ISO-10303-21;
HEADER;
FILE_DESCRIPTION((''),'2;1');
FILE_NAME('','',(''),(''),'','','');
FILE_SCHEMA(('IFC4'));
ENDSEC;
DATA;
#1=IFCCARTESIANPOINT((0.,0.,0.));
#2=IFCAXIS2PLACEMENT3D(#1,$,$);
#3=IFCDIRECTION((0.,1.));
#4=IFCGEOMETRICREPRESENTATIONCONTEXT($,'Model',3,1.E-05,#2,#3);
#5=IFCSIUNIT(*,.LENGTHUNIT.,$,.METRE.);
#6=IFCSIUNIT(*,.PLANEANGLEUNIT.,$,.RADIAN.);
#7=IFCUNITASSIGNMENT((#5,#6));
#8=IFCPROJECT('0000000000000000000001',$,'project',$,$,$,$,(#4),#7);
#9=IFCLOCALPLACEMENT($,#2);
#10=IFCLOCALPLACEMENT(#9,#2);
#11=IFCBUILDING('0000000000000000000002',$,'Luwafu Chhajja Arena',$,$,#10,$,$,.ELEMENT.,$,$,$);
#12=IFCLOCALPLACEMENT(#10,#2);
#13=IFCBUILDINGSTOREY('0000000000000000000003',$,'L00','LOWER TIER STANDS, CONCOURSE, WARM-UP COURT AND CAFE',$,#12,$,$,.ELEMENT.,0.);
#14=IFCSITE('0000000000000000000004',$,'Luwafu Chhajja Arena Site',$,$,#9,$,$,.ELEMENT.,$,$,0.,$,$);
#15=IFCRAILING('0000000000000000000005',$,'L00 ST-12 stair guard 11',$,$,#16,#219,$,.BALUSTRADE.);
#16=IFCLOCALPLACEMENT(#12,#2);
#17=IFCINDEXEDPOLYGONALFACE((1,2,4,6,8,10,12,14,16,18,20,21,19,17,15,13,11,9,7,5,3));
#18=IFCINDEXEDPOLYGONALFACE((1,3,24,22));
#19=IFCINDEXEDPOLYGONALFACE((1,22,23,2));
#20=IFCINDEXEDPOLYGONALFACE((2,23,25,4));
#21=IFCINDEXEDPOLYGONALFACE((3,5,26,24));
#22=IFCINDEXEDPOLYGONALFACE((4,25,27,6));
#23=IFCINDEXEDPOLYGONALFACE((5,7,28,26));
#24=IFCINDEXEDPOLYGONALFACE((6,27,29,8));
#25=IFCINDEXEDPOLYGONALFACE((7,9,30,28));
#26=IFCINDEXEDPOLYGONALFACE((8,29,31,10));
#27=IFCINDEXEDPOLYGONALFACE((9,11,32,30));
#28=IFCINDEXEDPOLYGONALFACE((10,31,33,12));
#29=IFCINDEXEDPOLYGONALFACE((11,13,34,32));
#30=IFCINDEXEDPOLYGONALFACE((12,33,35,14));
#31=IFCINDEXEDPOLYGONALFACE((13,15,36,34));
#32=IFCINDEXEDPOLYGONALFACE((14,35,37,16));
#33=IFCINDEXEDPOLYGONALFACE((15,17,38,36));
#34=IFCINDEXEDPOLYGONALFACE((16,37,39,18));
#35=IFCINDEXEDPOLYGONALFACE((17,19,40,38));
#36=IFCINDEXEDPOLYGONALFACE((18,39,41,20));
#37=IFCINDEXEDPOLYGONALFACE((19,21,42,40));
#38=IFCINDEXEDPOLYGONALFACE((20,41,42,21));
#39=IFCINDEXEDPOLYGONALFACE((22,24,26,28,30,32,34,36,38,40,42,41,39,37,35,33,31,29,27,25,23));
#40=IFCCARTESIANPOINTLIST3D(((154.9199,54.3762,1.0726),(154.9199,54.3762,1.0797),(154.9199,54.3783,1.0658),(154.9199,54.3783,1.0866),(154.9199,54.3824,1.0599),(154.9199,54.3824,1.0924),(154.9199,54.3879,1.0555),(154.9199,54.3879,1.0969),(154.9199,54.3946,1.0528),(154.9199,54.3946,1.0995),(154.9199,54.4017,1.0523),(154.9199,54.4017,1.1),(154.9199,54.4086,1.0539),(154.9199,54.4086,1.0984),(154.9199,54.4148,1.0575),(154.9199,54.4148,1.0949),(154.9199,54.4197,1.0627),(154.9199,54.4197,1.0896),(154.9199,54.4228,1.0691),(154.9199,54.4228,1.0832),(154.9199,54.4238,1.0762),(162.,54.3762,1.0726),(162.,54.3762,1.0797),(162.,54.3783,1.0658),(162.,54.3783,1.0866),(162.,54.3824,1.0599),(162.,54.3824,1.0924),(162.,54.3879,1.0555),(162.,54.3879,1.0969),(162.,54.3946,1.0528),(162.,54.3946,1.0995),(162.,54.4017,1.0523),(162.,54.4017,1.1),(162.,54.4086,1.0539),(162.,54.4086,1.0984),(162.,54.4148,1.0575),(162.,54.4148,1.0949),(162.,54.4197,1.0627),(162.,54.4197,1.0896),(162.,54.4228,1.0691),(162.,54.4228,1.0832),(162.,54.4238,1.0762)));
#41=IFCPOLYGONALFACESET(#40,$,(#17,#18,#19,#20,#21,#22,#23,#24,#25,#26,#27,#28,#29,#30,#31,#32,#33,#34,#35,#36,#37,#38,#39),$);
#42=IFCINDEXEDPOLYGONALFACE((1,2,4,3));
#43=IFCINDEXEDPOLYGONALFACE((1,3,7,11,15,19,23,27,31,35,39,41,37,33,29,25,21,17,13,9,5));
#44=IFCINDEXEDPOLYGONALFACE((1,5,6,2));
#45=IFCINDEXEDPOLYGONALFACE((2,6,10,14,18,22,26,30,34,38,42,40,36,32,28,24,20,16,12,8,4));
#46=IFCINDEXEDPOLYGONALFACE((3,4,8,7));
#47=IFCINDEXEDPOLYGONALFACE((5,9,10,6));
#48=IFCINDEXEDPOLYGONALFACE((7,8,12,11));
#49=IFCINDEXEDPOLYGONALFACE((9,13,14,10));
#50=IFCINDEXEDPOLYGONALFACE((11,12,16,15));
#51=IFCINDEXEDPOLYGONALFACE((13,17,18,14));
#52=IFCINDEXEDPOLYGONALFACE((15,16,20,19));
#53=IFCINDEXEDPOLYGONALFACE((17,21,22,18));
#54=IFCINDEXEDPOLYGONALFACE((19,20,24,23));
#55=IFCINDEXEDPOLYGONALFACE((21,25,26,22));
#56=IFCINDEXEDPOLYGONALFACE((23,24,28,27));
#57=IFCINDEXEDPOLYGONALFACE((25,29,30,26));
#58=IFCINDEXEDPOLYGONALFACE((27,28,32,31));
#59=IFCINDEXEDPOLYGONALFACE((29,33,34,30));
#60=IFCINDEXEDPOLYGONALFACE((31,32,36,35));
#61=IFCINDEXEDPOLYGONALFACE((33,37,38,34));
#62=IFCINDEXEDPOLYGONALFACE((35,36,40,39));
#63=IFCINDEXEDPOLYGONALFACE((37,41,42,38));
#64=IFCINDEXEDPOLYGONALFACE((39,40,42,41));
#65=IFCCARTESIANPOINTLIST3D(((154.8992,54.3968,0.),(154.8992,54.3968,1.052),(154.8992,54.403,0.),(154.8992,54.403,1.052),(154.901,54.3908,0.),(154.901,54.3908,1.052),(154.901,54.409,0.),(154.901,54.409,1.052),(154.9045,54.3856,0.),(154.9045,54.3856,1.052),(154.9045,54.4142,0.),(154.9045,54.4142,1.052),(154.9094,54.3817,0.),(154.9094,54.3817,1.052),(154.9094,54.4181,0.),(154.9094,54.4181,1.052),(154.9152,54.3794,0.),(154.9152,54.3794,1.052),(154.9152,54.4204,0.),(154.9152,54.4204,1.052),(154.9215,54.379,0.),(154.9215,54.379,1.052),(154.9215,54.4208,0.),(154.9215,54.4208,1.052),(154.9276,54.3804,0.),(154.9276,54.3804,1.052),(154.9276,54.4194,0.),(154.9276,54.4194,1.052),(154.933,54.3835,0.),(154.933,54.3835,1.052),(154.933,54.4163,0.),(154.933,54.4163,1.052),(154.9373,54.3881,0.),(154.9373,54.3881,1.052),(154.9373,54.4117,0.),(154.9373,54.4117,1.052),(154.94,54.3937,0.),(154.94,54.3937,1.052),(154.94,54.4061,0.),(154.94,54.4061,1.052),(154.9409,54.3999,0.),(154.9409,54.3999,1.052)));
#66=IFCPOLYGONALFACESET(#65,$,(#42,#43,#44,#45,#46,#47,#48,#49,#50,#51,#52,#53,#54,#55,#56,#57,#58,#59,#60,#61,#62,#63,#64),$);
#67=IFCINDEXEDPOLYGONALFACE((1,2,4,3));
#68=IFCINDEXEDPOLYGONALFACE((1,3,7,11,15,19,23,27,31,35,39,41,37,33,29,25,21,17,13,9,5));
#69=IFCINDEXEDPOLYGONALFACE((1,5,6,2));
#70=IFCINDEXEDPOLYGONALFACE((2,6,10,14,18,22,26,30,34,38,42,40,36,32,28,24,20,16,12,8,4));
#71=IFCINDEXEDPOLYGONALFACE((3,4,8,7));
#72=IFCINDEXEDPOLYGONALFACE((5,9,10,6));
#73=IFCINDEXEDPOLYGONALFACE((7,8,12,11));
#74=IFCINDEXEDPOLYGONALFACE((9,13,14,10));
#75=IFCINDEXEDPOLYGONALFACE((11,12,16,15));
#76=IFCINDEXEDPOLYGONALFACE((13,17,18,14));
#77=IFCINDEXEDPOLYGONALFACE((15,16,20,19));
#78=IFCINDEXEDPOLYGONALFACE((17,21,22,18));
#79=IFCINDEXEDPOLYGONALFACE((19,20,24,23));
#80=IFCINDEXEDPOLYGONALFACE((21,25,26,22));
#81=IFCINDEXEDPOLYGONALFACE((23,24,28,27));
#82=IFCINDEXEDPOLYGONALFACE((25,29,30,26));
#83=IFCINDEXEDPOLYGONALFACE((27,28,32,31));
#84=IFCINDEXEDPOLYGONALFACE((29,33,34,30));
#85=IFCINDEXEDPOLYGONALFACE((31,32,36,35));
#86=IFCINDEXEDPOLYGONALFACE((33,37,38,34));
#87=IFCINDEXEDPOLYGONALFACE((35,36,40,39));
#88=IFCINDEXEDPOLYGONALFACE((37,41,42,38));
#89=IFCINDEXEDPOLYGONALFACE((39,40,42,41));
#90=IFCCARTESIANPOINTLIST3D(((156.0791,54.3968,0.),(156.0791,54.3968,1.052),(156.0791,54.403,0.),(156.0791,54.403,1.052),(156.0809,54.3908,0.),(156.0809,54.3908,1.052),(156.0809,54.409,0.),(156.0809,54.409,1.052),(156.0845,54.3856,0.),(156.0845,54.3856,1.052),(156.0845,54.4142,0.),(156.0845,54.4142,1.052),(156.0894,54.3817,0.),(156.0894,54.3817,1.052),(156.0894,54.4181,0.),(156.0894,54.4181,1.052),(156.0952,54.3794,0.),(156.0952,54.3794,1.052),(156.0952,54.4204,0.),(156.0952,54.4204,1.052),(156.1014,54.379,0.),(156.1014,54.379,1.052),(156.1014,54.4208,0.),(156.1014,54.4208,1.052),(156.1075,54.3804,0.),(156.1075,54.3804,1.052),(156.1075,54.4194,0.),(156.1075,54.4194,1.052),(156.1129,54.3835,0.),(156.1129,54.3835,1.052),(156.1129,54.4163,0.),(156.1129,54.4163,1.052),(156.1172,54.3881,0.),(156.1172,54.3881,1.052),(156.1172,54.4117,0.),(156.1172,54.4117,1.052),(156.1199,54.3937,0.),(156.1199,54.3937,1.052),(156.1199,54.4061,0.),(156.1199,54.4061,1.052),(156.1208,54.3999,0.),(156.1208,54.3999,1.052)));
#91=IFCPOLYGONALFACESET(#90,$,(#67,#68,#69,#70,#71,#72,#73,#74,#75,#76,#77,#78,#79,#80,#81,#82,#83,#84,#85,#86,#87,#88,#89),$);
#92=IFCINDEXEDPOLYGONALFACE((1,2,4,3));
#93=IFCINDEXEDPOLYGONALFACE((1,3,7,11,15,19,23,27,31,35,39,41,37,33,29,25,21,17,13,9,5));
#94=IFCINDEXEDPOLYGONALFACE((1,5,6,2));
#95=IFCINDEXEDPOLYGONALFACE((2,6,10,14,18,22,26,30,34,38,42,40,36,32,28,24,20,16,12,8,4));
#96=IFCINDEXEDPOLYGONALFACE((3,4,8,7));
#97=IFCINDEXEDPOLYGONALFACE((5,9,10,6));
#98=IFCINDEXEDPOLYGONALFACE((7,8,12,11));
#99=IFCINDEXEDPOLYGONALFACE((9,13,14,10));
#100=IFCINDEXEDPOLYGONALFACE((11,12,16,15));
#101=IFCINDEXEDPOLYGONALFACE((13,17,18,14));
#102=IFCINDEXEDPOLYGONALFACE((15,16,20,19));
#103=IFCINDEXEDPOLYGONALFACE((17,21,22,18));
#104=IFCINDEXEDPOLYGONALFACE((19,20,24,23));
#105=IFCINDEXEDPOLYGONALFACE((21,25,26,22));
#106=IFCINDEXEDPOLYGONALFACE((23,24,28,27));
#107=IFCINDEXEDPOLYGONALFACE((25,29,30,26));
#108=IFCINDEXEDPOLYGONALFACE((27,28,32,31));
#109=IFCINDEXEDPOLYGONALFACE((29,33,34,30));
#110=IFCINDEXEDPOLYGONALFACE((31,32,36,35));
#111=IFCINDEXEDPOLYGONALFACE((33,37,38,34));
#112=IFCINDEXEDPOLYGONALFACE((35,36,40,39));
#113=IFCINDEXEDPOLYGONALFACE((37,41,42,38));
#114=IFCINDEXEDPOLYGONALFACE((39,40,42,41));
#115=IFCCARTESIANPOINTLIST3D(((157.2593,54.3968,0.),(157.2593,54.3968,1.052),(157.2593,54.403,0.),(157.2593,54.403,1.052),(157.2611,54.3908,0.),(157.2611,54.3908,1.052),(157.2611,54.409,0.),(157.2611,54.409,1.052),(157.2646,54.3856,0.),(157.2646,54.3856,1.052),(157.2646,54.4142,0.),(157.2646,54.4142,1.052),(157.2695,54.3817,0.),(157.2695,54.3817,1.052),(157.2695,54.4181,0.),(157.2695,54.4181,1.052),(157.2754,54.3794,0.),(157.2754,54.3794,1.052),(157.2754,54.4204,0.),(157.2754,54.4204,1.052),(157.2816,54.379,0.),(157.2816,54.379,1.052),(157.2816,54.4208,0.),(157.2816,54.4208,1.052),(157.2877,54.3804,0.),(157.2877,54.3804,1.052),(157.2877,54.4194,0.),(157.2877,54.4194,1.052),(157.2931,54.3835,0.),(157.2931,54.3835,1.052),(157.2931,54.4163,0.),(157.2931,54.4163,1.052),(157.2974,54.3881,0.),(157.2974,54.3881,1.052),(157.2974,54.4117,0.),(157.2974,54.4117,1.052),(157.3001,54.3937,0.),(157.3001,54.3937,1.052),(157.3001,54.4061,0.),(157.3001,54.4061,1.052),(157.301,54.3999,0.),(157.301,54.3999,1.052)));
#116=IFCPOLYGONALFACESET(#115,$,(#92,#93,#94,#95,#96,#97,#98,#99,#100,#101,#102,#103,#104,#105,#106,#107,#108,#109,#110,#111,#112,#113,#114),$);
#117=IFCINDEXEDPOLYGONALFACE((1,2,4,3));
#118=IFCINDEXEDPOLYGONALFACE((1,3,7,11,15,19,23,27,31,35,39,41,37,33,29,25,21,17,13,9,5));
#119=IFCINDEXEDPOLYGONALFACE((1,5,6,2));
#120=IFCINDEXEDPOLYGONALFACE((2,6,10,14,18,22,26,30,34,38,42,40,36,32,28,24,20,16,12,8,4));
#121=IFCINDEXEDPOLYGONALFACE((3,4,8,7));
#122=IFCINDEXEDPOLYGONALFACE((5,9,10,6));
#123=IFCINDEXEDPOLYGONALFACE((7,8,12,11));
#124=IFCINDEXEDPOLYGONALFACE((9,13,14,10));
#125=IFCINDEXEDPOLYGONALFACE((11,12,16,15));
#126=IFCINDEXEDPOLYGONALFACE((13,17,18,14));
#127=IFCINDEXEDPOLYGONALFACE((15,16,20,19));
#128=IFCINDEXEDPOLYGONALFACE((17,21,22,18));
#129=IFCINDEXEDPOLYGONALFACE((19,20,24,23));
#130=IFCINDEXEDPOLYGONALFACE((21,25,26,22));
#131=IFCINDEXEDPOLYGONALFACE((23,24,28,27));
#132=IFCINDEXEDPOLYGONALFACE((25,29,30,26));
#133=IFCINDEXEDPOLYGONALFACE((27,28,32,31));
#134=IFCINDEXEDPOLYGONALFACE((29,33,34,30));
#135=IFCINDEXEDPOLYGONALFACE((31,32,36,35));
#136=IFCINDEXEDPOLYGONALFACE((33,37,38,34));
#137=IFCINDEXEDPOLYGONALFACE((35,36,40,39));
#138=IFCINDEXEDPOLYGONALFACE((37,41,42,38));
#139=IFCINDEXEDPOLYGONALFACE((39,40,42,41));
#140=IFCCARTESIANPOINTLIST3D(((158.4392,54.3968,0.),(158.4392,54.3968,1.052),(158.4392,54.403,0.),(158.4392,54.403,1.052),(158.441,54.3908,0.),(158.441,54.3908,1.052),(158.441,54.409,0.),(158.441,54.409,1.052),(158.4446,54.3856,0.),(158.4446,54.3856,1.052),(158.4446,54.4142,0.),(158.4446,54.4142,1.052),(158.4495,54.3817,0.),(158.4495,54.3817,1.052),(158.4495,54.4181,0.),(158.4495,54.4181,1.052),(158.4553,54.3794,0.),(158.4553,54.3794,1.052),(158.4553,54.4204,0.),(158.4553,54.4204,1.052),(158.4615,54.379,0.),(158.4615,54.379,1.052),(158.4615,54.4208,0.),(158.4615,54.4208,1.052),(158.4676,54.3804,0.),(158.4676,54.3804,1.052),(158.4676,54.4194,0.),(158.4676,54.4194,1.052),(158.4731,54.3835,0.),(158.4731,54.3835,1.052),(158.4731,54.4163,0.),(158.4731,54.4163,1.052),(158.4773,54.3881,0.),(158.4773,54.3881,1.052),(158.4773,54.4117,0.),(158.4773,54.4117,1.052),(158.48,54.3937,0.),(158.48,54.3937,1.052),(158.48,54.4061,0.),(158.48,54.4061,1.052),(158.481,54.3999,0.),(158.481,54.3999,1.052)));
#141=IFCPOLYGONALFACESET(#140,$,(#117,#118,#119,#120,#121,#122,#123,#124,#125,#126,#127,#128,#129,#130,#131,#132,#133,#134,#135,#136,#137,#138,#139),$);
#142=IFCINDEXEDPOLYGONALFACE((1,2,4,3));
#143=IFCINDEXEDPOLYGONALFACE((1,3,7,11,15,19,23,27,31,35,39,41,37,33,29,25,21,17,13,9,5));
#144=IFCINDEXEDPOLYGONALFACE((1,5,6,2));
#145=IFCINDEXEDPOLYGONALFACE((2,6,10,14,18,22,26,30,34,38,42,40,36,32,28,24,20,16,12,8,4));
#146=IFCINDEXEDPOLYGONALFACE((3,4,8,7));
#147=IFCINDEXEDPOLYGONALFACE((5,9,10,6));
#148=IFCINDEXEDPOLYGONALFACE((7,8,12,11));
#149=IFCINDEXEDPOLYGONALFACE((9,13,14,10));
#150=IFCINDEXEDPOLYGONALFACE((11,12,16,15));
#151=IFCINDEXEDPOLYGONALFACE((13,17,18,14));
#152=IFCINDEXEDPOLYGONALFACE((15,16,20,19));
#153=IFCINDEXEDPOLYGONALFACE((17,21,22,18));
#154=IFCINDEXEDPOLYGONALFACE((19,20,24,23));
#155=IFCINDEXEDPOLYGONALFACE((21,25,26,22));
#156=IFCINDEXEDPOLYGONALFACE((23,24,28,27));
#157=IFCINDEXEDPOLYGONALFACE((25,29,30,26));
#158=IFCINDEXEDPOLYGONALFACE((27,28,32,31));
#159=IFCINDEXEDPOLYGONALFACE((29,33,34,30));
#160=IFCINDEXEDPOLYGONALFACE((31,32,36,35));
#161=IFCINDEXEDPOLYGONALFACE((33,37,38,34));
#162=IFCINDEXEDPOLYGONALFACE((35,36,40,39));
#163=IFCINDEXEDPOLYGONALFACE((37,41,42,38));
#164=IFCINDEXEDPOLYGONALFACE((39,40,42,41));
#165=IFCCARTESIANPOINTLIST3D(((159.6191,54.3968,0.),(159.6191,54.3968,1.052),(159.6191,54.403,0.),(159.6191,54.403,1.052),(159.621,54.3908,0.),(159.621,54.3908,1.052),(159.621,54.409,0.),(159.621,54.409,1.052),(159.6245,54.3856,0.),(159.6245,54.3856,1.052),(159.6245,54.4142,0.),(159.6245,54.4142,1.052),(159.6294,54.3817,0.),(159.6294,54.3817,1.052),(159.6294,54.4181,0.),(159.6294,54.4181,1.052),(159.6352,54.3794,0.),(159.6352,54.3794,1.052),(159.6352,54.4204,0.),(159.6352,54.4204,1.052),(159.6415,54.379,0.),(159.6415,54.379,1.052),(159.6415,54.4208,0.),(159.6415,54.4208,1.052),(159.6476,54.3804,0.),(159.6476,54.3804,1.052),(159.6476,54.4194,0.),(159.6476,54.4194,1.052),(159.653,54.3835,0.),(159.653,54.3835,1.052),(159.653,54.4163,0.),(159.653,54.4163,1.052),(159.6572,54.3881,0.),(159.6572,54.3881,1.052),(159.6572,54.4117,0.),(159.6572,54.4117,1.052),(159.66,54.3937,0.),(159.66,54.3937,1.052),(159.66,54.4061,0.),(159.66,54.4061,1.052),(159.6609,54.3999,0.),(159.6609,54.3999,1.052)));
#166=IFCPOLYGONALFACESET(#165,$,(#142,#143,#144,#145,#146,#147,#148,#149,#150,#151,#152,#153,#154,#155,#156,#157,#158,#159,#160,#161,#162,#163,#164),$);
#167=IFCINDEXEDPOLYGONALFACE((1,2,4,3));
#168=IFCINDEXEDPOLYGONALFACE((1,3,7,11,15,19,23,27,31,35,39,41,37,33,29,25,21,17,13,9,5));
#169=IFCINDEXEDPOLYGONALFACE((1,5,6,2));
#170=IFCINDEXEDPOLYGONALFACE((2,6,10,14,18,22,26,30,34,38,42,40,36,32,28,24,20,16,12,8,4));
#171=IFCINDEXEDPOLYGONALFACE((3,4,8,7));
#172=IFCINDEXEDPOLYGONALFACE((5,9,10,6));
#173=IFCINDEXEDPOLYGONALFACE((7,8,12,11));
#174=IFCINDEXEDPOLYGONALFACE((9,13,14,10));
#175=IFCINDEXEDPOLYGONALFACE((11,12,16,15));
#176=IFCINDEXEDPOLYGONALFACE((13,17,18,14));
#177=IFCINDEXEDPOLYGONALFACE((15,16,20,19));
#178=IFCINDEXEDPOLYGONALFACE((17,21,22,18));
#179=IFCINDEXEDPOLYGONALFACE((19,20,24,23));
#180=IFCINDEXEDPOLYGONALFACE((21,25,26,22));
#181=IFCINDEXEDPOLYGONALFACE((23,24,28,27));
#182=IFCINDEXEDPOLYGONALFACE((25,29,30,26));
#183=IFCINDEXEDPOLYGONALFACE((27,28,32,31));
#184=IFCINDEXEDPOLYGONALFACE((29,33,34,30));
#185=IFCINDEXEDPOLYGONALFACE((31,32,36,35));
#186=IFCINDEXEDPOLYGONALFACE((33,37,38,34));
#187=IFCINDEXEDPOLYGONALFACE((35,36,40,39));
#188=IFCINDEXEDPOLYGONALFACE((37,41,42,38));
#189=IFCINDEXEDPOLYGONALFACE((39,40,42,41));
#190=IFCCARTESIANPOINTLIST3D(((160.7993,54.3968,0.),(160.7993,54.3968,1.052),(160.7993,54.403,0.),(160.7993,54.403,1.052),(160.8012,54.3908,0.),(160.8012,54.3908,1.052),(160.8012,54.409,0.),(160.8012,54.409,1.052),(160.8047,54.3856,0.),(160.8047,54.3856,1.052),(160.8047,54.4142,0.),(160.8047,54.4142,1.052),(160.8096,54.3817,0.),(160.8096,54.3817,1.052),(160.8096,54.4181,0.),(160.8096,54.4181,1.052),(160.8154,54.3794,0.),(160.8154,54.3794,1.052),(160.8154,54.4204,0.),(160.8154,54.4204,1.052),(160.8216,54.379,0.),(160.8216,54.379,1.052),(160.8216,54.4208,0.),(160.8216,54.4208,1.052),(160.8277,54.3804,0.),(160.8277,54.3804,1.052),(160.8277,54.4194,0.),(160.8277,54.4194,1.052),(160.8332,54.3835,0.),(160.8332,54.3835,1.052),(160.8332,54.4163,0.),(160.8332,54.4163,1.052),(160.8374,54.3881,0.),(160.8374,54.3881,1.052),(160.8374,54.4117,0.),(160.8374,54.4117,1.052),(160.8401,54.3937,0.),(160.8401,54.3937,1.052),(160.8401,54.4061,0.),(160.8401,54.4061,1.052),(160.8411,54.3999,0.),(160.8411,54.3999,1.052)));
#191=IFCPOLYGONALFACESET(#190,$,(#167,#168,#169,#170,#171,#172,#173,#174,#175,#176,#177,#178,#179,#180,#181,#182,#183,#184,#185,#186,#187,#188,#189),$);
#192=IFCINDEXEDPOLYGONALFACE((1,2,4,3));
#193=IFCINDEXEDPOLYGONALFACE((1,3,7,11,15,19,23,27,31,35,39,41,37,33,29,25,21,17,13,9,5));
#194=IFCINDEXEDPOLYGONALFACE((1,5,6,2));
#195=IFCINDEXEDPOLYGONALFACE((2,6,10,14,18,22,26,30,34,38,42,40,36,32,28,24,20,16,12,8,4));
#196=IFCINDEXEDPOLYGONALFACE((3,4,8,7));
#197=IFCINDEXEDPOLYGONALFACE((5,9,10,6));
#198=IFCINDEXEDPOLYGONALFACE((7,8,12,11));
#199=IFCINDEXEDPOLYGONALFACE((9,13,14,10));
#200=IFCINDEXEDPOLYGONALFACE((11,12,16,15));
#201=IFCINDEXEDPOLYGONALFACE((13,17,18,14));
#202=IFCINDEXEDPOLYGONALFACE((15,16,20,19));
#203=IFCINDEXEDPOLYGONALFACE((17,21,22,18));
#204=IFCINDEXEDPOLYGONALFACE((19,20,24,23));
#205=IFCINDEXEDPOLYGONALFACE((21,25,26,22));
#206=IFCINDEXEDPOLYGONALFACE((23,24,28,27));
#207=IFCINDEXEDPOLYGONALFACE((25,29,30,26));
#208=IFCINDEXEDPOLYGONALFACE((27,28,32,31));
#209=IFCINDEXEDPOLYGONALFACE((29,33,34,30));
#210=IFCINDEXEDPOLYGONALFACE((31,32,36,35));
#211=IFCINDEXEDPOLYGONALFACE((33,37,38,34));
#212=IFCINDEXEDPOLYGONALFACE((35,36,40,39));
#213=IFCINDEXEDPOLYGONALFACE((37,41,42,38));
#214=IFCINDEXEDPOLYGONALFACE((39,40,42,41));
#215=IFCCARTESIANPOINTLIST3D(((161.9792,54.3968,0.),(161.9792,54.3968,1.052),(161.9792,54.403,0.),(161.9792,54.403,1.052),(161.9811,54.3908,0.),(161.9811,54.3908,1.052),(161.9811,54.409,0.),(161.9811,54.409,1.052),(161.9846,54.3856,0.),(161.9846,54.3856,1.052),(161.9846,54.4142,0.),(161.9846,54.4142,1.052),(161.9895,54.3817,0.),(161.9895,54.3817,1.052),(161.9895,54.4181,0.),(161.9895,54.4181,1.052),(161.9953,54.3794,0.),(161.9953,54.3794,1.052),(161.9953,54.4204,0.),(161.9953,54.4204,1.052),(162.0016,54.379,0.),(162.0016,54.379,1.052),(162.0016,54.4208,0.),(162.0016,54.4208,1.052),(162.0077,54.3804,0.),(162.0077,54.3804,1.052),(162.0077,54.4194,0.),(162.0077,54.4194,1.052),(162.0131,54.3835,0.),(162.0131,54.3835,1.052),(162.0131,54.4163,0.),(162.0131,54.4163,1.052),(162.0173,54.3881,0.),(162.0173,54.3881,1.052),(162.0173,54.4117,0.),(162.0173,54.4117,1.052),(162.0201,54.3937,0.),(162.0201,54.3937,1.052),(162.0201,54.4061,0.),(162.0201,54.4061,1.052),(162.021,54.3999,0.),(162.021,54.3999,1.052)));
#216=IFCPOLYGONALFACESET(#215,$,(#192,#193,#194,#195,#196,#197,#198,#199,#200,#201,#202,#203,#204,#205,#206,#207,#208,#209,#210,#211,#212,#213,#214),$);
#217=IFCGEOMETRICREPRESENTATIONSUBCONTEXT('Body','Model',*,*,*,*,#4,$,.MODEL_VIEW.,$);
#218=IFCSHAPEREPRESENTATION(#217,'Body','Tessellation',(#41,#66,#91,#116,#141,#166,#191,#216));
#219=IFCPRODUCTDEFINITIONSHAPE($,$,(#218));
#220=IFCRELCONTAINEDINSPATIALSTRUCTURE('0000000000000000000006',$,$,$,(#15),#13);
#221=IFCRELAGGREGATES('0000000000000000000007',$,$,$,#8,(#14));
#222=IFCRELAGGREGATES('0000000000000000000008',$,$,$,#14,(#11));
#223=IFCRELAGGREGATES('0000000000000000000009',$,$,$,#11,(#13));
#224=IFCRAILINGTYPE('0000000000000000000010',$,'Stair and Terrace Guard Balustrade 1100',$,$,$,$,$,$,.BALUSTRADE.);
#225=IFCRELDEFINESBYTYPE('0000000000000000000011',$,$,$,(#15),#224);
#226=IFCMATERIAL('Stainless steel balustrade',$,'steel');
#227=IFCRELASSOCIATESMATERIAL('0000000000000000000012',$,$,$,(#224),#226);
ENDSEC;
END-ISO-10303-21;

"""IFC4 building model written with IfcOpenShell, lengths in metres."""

from ifc_helpers import new_model, si_unit, direction, frame, origin, origin_2d, place, context, subcontext, project, spatial, circle, extrude, material, type_object, element, save


model = new_model("IFC4")

# Units and contexts
model_context = context("Model", 3, precision=1e-05, world=origin(), true_north=direction((0.0, 1.0)))
body_context = subcontext(model_context, "Body", "Model", "MODEL_VIEW")
ifc_project = project(units=[si_unit("LENGTHUNIT", "METRE"), si_unit("PLANEANGLEUNIT", "RADIAN")], contexts=[model_context])

# Site, building, storey
site_placement = place(None, origin())
site = spatial("IfcSite", under=ifc_project, at=site_placement, Name="Luwafu Chhajja Arena Site", CompositionType="ELEMENT", RefElevation=0.0)
building_placement = place(site_placement, origin())
building = spatial("IfcBuilding", under=site, at=building_placement, Name="Luwafu Chhajja Arena", CompositionType="ELEMENT")
storey_placement = place(building_placement, origin())
storey = spatial("IfcBuildingStorey", under=building, at=storey_placement, Name="L00", Description="LOWER TIER STANDS, CONCOURSE, WARM-UP COURT AND CAFE", CompositionType="ELEMENT", Elevation=0.0)

# Railing
ifc_material_1 = material(Name="Stainless steel balustrade", Category="steel")
railing_type_1 = type_object("IfcRailingType", Name="Stair and Terrace Guard Balustrade 1100", PredefinedType="BALUSTRADE", material=ifc_material_1)
for number, where, name in (
    (1, (154.9199, 54.3999, 0.0), "L00 ST-12 stair guard 11"),
):
    element("IfcRailing", number, at=place(storey_placement, frame(where)), inside=storey, type_object=railing_type_1, Name=name, PredefinedType="BALUSTRADE", context=body_context, shape_type="SweptSolid", body=[
        extrude(circle(Radius=0.0239, at=origin_2d()), frame((0.0, 0.0, 1.0762), z_axis=(1.0, 0.0, 0.0), x_axis=(0.0, 1.0, 0.0)), (0.0, 0.0, 1.0), 7.0801),
        extrude(circle(Radius=0.021, at=origin_2d()), origin(), (0.0, 0.0, 1.0), 1.052),
        extrude(circle(Radius=0.021, at=origin_2d()), frame((1.1799, 0.0, 0.0)), (0.0, 0.0, 1.0), 1.052),
        extrude(circle(Radius=0.021, at=origin_2d()), frame((2.3601, 0.0, 0.0)), (0.0, 0.0, 1.0), 1.052),
        extrude(circle(Radius=0.021, at=origin_2d()), frame((3.54, 0.0, 0.0)), (0.0, 0.0, 1.0), 1.052),
        extrude(circle(Radius=0.021, at=origin_2d()), frame((4.72, 0.0, 0.0)), (0.0, 0.0, 1.0), 1.052),
        extrude(circle(Radius=0.021, at=origin_2d()), frame((5.9001, 0.0, 0.0)), (0.0, 0.0, 1.0), 1.052),
        extrude(circle(Radius=0.021, at=origin_2d()), frame((7.0801, 0.0, 0.0)), (0.0, 0.0, 1.0), 1.052),
    ])

save(model, "model.ifc")
